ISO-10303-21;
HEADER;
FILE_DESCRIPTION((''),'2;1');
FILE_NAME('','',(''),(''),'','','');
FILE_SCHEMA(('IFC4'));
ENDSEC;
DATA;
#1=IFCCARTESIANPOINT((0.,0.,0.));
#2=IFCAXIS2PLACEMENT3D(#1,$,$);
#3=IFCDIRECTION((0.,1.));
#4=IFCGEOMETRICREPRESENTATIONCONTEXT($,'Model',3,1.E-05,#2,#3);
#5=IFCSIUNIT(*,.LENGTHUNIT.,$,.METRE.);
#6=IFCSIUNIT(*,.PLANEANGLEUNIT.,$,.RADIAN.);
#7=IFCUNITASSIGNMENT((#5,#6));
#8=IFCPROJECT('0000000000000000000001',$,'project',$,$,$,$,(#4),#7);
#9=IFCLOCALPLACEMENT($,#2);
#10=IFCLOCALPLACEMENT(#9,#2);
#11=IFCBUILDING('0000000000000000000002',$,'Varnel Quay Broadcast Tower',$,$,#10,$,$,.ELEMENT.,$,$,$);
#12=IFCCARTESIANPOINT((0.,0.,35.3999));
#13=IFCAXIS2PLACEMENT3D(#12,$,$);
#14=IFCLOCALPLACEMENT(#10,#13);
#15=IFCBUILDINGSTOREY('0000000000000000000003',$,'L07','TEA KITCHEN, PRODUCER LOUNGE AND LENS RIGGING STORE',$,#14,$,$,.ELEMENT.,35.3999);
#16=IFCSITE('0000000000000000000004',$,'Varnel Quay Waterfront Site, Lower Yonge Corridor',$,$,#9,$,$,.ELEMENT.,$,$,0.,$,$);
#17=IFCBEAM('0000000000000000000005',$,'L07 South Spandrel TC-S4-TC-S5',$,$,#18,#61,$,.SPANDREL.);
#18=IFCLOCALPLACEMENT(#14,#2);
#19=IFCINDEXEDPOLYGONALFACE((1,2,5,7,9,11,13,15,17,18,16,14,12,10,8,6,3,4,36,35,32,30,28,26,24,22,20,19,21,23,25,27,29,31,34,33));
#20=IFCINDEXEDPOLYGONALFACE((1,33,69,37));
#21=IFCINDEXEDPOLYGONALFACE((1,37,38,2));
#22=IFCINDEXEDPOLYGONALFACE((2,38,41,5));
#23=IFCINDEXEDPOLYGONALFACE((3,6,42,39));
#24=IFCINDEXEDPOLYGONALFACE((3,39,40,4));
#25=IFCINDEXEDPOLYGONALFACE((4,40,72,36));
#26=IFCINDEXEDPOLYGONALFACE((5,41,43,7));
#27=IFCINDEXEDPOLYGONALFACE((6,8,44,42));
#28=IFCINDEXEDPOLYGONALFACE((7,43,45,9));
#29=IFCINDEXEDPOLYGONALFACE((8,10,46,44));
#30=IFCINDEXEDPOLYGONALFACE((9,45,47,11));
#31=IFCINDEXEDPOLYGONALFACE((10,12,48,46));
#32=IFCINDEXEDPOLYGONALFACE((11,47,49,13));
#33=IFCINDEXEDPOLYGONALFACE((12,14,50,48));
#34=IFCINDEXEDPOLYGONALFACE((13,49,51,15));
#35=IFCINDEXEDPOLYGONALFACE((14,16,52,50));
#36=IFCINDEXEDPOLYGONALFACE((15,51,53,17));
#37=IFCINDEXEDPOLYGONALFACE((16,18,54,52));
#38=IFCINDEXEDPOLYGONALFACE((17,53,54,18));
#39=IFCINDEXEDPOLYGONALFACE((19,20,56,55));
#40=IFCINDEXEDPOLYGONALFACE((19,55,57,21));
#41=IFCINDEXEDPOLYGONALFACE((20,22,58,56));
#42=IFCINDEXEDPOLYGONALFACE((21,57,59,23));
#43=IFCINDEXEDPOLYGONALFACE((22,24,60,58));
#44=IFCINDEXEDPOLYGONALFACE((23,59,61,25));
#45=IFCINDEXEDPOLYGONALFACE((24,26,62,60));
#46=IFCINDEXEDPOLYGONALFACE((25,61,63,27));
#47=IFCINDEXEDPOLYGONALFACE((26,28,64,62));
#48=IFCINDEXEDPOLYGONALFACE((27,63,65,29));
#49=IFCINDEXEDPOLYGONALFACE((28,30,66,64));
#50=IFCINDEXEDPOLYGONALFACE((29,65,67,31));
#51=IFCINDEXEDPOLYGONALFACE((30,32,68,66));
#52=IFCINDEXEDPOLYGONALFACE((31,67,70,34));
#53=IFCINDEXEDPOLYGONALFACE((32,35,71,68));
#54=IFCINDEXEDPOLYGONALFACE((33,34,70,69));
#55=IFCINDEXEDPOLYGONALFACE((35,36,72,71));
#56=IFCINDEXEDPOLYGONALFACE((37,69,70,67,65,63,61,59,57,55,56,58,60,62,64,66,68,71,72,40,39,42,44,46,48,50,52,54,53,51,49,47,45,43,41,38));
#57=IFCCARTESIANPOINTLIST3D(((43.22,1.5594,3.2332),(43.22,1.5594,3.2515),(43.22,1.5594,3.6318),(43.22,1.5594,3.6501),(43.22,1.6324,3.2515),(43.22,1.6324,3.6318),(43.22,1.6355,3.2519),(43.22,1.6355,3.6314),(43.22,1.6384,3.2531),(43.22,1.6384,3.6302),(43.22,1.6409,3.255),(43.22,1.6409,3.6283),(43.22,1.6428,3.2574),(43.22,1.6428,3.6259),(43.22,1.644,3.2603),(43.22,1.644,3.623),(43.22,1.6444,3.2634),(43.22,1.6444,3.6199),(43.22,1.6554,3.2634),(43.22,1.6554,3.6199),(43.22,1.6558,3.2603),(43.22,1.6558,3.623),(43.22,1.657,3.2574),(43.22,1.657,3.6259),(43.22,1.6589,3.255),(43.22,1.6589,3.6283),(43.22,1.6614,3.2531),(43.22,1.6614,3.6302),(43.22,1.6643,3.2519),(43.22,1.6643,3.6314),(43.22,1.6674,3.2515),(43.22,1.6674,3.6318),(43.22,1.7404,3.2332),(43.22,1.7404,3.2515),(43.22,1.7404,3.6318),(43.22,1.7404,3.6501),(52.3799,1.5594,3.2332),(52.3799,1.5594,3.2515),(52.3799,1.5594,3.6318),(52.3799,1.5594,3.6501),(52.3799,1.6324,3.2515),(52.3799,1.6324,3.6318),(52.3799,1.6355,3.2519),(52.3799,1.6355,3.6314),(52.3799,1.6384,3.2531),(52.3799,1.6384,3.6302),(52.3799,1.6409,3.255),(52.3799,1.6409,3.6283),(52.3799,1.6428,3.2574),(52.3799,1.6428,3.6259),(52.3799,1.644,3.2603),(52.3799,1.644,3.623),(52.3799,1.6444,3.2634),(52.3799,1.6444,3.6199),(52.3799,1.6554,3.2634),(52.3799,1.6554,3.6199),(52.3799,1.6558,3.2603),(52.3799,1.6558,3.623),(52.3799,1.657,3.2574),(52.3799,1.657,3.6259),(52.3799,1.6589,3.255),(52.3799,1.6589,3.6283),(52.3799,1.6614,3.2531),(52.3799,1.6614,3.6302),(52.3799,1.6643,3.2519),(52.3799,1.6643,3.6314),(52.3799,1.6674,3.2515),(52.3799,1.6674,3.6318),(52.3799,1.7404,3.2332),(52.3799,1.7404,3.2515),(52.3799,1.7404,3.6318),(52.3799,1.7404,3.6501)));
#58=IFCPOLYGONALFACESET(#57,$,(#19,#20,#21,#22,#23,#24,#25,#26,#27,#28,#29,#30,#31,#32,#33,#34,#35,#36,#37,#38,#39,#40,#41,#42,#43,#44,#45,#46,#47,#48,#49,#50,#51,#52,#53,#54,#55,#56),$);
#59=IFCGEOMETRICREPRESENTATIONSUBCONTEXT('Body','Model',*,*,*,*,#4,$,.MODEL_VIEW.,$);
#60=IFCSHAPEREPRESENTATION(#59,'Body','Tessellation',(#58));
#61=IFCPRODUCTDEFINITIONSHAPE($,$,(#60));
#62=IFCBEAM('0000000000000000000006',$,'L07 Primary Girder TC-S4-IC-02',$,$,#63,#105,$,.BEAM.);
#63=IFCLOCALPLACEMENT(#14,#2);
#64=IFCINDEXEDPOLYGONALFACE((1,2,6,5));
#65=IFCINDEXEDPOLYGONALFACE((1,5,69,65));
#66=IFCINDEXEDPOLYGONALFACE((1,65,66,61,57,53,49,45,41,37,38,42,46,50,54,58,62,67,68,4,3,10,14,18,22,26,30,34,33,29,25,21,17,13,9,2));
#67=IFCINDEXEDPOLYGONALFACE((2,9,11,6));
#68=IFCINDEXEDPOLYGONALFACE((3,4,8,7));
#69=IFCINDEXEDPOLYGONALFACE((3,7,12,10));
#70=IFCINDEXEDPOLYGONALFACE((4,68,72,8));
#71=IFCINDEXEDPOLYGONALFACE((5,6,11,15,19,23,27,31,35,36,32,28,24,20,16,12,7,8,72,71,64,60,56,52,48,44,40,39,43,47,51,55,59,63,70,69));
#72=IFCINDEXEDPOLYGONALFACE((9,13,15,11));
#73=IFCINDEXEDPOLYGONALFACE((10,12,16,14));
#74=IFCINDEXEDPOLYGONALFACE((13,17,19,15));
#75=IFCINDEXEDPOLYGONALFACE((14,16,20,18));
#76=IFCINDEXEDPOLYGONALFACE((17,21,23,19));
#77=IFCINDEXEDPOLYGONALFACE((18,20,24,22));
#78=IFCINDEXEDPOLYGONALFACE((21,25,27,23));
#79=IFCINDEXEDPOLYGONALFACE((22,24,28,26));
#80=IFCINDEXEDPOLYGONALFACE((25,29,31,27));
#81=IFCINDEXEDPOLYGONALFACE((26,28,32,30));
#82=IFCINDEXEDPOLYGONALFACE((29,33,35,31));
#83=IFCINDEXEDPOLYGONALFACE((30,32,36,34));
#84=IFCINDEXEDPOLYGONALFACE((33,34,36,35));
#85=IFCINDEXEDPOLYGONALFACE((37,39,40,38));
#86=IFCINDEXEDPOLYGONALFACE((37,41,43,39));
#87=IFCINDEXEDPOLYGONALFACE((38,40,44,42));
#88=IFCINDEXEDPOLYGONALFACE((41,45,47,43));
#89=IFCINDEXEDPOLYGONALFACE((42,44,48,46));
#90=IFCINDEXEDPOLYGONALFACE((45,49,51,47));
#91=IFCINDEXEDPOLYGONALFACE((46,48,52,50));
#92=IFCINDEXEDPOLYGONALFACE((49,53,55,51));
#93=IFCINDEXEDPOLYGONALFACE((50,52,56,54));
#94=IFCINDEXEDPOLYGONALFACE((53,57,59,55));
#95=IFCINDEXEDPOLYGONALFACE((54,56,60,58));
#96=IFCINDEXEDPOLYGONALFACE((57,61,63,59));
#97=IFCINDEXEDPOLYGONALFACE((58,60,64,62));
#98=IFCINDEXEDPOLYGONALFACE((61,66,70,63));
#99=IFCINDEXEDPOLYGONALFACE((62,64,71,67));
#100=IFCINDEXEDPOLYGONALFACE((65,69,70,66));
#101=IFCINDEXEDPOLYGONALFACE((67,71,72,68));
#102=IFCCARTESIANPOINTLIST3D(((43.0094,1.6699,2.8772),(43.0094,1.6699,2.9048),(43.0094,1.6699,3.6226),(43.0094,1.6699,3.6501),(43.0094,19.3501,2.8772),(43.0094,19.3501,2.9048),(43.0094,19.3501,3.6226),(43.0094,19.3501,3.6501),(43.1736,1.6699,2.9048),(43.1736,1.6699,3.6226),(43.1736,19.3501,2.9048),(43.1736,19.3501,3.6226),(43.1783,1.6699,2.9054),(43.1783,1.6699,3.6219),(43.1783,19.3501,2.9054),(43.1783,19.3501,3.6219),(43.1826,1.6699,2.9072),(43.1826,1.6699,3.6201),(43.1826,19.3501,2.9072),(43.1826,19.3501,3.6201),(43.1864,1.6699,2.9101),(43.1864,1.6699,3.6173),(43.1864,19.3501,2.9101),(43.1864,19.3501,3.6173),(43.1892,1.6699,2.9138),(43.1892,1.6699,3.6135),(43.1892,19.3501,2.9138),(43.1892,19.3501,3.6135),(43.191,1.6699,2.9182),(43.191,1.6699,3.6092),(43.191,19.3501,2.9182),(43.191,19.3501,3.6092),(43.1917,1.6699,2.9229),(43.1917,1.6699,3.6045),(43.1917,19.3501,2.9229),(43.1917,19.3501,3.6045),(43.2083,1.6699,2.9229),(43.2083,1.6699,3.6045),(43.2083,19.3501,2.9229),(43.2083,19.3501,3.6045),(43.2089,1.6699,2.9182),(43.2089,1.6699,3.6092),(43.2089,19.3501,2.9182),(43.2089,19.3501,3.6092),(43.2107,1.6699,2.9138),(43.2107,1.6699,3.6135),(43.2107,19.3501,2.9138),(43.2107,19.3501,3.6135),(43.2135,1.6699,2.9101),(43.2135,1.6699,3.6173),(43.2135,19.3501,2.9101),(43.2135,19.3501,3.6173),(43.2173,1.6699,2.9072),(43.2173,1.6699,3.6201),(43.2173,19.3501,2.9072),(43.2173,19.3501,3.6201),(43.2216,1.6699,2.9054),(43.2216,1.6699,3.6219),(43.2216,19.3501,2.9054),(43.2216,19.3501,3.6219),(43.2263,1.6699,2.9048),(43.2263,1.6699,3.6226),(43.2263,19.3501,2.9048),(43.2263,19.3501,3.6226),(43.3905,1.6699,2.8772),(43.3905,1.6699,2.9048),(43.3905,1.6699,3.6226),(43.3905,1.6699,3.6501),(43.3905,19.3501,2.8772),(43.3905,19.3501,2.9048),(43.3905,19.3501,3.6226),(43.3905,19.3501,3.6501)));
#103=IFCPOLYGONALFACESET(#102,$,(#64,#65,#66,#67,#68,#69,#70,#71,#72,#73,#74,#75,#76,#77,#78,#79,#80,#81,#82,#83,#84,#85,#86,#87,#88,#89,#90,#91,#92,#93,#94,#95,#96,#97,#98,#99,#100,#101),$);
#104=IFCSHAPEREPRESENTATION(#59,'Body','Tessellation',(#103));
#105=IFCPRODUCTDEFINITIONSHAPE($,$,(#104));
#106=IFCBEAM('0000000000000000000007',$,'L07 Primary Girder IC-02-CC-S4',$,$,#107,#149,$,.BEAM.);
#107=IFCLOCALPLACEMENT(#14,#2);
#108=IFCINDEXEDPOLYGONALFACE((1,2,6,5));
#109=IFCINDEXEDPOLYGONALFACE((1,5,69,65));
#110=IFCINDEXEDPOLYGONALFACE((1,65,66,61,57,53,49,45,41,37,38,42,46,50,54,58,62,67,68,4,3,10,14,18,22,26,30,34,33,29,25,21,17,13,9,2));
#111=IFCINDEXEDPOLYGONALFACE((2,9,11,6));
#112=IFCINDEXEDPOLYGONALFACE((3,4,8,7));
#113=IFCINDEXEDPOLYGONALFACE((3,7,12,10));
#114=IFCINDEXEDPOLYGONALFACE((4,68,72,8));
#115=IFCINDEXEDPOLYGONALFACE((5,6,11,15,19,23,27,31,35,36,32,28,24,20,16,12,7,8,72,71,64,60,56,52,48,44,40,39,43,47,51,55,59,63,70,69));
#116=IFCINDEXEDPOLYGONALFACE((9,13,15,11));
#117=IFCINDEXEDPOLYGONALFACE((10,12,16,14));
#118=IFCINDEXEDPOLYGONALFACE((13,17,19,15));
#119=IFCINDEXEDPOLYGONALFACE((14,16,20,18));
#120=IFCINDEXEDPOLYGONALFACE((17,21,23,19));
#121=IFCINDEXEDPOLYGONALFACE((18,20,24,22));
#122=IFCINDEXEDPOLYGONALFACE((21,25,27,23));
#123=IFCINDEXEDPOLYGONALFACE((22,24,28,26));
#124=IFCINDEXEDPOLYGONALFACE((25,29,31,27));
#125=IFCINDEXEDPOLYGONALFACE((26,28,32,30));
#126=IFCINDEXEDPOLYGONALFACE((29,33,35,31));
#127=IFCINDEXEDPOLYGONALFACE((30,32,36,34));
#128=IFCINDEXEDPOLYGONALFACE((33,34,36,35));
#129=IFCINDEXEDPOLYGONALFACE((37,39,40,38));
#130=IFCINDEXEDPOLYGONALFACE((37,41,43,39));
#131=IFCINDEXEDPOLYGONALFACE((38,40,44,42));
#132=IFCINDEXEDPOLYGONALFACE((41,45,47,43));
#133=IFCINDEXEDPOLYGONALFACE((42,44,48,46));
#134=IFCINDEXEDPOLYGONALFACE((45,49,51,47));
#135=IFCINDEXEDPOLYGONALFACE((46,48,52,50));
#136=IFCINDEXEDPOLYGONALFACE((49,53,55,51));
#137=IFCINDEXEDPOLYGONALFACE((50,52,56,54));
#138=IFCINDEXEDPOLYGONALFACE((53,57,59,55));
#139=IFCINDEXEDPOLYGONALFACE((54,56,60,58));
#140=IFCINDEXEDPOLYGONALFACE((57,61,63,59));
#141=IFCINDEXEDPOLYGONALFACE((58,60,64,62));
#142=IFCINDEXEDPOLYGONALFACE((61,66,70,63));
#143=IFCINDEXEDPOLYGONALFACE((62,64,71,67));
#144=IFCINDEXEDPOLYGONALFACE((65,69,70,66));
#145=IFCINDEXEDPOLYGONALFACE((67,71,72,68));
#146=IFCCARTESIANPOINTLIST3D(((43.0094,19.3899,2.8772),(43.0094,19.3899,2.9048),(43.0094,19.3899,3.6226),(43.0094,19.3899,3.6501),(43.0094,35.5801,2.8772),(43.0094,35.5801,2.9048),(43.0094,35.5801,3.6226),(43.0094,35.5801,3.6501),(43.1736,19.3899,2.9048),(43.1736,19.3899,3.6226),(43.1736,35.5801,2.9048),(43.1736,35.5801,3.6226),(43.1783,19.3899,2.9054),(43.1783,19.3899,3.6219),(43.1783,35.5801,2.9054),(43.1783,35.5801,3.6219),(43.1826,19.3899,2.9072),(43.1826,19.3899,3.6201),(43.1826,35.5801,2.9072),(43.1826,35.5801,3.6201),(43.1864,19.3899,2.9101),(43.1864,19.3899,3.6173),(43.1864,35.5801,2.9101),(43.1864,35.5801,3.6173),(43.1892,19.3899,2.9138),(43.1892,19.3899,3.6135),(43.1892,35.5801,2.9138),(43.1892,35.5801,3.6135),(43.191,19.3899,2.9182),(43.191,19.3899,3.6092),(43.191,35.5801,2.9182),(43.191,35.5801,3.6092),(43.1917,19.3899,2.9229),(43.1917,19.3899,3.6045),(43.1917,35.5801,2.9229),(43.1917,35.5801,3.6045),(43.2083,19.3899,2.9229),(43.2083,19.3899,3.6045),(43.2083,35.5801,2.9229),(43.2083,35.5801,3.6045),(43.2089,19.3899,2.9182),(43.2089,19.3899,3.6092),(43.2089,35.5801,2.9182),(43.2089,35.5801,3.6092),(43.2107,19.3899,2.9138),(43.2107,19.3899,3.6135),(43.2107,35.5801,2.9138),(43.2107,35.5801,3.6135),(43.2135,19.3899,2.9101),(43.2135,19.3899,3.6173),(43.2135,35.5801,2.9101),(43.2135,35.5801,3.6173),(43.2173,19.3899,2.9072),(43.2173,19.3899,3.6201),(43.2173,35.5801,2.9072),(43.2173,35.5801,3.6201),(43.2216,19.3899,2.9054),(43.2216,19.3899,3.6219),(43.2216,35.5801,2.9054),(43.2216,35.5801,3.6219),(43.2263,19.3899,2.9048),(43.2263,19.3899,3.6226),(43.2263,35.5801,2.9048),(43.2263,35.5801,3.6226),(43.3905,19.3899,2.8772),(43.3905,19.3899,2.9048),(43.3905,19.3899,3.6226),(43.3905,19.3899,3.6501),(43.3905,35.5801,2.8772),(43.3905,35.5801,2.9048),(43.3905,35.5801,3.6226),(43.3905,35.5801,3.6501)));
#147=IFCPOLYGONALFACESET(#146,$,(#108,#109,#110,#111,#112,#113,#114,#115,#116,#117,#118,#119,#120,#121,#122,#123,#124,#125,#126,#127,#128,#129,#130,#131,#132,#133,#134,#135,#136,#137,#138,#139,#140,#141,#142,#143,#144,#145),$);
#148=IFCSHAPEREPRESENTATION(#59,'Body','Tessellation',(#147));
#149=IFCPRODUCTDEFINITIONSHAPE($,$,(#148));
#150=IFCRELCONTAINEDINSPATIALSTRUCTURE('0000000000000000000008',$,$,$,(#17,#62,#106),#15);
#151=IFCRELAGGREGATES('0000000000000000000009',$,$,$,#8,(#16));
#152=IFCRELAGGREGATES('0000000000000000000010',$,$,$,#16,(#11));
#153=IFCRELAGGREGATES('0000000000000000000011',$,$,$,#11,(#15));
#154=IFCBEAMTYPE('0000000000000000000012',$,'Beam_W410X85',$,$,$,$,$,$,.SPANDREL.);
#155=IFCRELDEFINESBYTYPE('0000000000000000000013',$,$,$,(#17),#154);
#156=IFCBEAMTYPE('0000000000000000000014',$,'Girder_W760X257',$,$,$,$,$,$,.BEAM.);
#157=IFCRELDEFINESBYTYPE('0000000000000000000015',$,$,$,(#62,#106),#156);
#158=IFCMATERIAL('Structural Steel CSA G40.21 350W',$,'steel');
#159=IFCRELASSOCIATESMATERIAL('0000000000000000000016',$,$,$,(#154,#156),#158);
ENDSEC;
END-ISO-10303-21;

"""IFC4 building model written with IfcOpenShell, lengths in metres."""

from ifc_helpers import new_model, si_unit, direction, frame, origin, origin_2d, place, context, subcontext, project, spatial, i_section, extrude, source, transform, mapped, material, material_profile, profile_set, type_object, type_shapes, element, save


model = new_model("IFC4")

# Units and contexts
model_context = context("Model", 3, precision=1e-05, world=origin(), true_north=direction((0.0, 1.0)))
body_context = subcontext(model_context, "Body", "Model", "MODEL_VIEW")
ifc_project = project(units=[si_unit("LENGTHUNIT", "METRE"), si_unit("PLANEANGLEUNIT", "RADIAN")], contexts=[model_context])

# Site, building, storey
site_placement = place(None, origin())
site = spatial("IfcSite", under=ifc_project, at=site_placement, Name="Varnel Quay Waterfront Site, Lower Yonge Corridor", CompositionType="ELEMENT", RefElevation=0.0)
building_placement = place(site_placement, origin())
building = spatial("IfcBuilding", under=site, at=building_placement, Name="Varnel Quay Broadcast Tower", CompositionType="ELEMENT")
storey_placement = place(building_placement, frame((0.0, 0.0, 35.3999)))
storey = spatial("IfcBuildingStorey", under=building, at=storey_placement, Name="L07", Description="TEA KITCHEN, PRODUCER LOUNGE AND LENS RIGGING STORE", CompositionType="ELEMENT", Elevation=35.3999)

# Shared definitions
ifc_material_1 = material(Name="Structural Steel CSA G40.21 350W", Category="steel")

# Beams
ifc_material_profile_1 = material_profile(ifc_material_1, i_section(OverallWidth=0.1809, OverallDepth=0.417, WebThickness=0.011, FlangeThickness=0.0183, FilletRadius=0.012, at=origin_2d()), Name="W410X85")
ifc_profile_set_1 = profile_set([ifc_material_profile_1], Name="Structural Steel CSA G40.21 350W")
beam_type_1 = type_object("IfcBeamType", Name="Beam_W410X85", PredefinedType="SPANDREL", material=ifc_profile_set_1)
shared_shape_1 = source(origin(), body_context, "Body", "SweptSolid", [
    extrude(i_section(OverallWidth=0.1809, OverallDepth=0.417, WebThickness=0.011, FlangeThickness=0.0183, FilletRadius=0.012, at=origin_2d()), origin(), (0.0, 0.0, 1.0), 9.1599),
])
type_shapes(beam_type_1, [shared_shape_1])
for number, where, z_axis, x_axis, name in (
    (1, (43.22, 1.6499, 3.4417), (1.0, 0.0, 0.0), (0.0, 1.0, 0.0), "L07 South Spandrel TC-S4-TC-S5"),
):
    element("IfcBeam", number, at=place(storey_placement, frame(where, z_axis=z_axis, x_axis=x_axis)), inside=storey, type_object=beam_type_1, Name=name, PredefinedType="SPANDREL", context=body_context, shape_type="MappedRepresentation", body=[
        mapped(shared_shape_1, transform((0.0, 0.0, 0.0), x_axis=(1.0, 0.0, 0.0), y_axis=(0.0, 1.0, 0.0), z_axis=(0.0, 0.0, 1.0), scale=1.0)),
    ])
ifc_material_profile_2 = material_profile(ifc_material_1, i_section(OverallWidth=0.3811, OverallDepth=0.7729, WebThickness=0.0166, FlangeThickness=0.0276, FilletRadius=0.0181, at=origin_2d()), Name="W760X257")
ifc_profile_set_2 = profile_set([ifc_material_profile_2], Name="Structural Steel CSA G40.21 350W")
beam_type_2 = type_object("IfcBeamType", Name="Girder_W760X257", PredefinedType="BEAM", material=ifc_profile_set_2)
shared_shape_2 = source(origin(), body_context, "Body", "SweptSolid", [
    extrude(i_section(OverallWidth=0.3811, OverallDepth=0.7729, WebThickness=0.0166, FlangeThickness=0.0276, FilletRadius=0.0181, at=origin_2d()), origin(), (0.0, 0.0, 1.0), 17.6802),
])
beam_1_placement = place(storey_placement, frame((43.2, 1.6699, 3.2637), z_axis=(0.0, 1.0, 0.0), x_axis=(-1.0, 0.0, 0.0)))
element("IfcBeam", 2, at=beam_1_placement, inside=storey, type_object=beam_type_2, Name="L07 Primary Girder TC-S4-IC-02", PredefinedType="BEAM", context=body_context, shape_type="MappedRepresentation", body=[
    mapped(shared_shape_2, transform((0.0, 0.0, 0.0), x_axis=(1.0, 0.0, 0.0), y_axis=(0.0, 1.0, 0.0), z_axis=(0.0, 0.0, 1.0), scale=1.0)),
])
shared_shape_3 = source(origin(), body_context, "Body", "SweptSolid", [
    extrude(i_section(OverallWidth=0.3811, OverallDepth=0.7729, WebThickness=0.0166, FlangeThickness=0.0276, FilletRadius=0.0181, at=origin_2d()), origin(), (0.0, 0.0, 1.0), 16.1902),
])
beam_2_placement = place(storey_placement, frame((43.2, 19.3899, 3.2637), z_axis=(0.0, 1.0, 0.0), x_axis=(-1.0, 0.0, 0.0)))
element("IfcBeam", 3, at=beam_2_placement, inside=storey, type_object=beam_type_2, Name="L07 Primary Girder IC-02-CC-S4", PredefinedType="BEAM", context=body_context, shape_type="MappedRepresentation", body=[
    mapped(shared_shape_3, transform((0.0, 0.0, 0.0), x_axis=(1.0, 0.0, 0.0), y_axis=(0.0, 1.0, 0.0), z_axis=(0.0, 0.0, 1.0), scale=1.0)),
])

save(model, "model.ifc")
